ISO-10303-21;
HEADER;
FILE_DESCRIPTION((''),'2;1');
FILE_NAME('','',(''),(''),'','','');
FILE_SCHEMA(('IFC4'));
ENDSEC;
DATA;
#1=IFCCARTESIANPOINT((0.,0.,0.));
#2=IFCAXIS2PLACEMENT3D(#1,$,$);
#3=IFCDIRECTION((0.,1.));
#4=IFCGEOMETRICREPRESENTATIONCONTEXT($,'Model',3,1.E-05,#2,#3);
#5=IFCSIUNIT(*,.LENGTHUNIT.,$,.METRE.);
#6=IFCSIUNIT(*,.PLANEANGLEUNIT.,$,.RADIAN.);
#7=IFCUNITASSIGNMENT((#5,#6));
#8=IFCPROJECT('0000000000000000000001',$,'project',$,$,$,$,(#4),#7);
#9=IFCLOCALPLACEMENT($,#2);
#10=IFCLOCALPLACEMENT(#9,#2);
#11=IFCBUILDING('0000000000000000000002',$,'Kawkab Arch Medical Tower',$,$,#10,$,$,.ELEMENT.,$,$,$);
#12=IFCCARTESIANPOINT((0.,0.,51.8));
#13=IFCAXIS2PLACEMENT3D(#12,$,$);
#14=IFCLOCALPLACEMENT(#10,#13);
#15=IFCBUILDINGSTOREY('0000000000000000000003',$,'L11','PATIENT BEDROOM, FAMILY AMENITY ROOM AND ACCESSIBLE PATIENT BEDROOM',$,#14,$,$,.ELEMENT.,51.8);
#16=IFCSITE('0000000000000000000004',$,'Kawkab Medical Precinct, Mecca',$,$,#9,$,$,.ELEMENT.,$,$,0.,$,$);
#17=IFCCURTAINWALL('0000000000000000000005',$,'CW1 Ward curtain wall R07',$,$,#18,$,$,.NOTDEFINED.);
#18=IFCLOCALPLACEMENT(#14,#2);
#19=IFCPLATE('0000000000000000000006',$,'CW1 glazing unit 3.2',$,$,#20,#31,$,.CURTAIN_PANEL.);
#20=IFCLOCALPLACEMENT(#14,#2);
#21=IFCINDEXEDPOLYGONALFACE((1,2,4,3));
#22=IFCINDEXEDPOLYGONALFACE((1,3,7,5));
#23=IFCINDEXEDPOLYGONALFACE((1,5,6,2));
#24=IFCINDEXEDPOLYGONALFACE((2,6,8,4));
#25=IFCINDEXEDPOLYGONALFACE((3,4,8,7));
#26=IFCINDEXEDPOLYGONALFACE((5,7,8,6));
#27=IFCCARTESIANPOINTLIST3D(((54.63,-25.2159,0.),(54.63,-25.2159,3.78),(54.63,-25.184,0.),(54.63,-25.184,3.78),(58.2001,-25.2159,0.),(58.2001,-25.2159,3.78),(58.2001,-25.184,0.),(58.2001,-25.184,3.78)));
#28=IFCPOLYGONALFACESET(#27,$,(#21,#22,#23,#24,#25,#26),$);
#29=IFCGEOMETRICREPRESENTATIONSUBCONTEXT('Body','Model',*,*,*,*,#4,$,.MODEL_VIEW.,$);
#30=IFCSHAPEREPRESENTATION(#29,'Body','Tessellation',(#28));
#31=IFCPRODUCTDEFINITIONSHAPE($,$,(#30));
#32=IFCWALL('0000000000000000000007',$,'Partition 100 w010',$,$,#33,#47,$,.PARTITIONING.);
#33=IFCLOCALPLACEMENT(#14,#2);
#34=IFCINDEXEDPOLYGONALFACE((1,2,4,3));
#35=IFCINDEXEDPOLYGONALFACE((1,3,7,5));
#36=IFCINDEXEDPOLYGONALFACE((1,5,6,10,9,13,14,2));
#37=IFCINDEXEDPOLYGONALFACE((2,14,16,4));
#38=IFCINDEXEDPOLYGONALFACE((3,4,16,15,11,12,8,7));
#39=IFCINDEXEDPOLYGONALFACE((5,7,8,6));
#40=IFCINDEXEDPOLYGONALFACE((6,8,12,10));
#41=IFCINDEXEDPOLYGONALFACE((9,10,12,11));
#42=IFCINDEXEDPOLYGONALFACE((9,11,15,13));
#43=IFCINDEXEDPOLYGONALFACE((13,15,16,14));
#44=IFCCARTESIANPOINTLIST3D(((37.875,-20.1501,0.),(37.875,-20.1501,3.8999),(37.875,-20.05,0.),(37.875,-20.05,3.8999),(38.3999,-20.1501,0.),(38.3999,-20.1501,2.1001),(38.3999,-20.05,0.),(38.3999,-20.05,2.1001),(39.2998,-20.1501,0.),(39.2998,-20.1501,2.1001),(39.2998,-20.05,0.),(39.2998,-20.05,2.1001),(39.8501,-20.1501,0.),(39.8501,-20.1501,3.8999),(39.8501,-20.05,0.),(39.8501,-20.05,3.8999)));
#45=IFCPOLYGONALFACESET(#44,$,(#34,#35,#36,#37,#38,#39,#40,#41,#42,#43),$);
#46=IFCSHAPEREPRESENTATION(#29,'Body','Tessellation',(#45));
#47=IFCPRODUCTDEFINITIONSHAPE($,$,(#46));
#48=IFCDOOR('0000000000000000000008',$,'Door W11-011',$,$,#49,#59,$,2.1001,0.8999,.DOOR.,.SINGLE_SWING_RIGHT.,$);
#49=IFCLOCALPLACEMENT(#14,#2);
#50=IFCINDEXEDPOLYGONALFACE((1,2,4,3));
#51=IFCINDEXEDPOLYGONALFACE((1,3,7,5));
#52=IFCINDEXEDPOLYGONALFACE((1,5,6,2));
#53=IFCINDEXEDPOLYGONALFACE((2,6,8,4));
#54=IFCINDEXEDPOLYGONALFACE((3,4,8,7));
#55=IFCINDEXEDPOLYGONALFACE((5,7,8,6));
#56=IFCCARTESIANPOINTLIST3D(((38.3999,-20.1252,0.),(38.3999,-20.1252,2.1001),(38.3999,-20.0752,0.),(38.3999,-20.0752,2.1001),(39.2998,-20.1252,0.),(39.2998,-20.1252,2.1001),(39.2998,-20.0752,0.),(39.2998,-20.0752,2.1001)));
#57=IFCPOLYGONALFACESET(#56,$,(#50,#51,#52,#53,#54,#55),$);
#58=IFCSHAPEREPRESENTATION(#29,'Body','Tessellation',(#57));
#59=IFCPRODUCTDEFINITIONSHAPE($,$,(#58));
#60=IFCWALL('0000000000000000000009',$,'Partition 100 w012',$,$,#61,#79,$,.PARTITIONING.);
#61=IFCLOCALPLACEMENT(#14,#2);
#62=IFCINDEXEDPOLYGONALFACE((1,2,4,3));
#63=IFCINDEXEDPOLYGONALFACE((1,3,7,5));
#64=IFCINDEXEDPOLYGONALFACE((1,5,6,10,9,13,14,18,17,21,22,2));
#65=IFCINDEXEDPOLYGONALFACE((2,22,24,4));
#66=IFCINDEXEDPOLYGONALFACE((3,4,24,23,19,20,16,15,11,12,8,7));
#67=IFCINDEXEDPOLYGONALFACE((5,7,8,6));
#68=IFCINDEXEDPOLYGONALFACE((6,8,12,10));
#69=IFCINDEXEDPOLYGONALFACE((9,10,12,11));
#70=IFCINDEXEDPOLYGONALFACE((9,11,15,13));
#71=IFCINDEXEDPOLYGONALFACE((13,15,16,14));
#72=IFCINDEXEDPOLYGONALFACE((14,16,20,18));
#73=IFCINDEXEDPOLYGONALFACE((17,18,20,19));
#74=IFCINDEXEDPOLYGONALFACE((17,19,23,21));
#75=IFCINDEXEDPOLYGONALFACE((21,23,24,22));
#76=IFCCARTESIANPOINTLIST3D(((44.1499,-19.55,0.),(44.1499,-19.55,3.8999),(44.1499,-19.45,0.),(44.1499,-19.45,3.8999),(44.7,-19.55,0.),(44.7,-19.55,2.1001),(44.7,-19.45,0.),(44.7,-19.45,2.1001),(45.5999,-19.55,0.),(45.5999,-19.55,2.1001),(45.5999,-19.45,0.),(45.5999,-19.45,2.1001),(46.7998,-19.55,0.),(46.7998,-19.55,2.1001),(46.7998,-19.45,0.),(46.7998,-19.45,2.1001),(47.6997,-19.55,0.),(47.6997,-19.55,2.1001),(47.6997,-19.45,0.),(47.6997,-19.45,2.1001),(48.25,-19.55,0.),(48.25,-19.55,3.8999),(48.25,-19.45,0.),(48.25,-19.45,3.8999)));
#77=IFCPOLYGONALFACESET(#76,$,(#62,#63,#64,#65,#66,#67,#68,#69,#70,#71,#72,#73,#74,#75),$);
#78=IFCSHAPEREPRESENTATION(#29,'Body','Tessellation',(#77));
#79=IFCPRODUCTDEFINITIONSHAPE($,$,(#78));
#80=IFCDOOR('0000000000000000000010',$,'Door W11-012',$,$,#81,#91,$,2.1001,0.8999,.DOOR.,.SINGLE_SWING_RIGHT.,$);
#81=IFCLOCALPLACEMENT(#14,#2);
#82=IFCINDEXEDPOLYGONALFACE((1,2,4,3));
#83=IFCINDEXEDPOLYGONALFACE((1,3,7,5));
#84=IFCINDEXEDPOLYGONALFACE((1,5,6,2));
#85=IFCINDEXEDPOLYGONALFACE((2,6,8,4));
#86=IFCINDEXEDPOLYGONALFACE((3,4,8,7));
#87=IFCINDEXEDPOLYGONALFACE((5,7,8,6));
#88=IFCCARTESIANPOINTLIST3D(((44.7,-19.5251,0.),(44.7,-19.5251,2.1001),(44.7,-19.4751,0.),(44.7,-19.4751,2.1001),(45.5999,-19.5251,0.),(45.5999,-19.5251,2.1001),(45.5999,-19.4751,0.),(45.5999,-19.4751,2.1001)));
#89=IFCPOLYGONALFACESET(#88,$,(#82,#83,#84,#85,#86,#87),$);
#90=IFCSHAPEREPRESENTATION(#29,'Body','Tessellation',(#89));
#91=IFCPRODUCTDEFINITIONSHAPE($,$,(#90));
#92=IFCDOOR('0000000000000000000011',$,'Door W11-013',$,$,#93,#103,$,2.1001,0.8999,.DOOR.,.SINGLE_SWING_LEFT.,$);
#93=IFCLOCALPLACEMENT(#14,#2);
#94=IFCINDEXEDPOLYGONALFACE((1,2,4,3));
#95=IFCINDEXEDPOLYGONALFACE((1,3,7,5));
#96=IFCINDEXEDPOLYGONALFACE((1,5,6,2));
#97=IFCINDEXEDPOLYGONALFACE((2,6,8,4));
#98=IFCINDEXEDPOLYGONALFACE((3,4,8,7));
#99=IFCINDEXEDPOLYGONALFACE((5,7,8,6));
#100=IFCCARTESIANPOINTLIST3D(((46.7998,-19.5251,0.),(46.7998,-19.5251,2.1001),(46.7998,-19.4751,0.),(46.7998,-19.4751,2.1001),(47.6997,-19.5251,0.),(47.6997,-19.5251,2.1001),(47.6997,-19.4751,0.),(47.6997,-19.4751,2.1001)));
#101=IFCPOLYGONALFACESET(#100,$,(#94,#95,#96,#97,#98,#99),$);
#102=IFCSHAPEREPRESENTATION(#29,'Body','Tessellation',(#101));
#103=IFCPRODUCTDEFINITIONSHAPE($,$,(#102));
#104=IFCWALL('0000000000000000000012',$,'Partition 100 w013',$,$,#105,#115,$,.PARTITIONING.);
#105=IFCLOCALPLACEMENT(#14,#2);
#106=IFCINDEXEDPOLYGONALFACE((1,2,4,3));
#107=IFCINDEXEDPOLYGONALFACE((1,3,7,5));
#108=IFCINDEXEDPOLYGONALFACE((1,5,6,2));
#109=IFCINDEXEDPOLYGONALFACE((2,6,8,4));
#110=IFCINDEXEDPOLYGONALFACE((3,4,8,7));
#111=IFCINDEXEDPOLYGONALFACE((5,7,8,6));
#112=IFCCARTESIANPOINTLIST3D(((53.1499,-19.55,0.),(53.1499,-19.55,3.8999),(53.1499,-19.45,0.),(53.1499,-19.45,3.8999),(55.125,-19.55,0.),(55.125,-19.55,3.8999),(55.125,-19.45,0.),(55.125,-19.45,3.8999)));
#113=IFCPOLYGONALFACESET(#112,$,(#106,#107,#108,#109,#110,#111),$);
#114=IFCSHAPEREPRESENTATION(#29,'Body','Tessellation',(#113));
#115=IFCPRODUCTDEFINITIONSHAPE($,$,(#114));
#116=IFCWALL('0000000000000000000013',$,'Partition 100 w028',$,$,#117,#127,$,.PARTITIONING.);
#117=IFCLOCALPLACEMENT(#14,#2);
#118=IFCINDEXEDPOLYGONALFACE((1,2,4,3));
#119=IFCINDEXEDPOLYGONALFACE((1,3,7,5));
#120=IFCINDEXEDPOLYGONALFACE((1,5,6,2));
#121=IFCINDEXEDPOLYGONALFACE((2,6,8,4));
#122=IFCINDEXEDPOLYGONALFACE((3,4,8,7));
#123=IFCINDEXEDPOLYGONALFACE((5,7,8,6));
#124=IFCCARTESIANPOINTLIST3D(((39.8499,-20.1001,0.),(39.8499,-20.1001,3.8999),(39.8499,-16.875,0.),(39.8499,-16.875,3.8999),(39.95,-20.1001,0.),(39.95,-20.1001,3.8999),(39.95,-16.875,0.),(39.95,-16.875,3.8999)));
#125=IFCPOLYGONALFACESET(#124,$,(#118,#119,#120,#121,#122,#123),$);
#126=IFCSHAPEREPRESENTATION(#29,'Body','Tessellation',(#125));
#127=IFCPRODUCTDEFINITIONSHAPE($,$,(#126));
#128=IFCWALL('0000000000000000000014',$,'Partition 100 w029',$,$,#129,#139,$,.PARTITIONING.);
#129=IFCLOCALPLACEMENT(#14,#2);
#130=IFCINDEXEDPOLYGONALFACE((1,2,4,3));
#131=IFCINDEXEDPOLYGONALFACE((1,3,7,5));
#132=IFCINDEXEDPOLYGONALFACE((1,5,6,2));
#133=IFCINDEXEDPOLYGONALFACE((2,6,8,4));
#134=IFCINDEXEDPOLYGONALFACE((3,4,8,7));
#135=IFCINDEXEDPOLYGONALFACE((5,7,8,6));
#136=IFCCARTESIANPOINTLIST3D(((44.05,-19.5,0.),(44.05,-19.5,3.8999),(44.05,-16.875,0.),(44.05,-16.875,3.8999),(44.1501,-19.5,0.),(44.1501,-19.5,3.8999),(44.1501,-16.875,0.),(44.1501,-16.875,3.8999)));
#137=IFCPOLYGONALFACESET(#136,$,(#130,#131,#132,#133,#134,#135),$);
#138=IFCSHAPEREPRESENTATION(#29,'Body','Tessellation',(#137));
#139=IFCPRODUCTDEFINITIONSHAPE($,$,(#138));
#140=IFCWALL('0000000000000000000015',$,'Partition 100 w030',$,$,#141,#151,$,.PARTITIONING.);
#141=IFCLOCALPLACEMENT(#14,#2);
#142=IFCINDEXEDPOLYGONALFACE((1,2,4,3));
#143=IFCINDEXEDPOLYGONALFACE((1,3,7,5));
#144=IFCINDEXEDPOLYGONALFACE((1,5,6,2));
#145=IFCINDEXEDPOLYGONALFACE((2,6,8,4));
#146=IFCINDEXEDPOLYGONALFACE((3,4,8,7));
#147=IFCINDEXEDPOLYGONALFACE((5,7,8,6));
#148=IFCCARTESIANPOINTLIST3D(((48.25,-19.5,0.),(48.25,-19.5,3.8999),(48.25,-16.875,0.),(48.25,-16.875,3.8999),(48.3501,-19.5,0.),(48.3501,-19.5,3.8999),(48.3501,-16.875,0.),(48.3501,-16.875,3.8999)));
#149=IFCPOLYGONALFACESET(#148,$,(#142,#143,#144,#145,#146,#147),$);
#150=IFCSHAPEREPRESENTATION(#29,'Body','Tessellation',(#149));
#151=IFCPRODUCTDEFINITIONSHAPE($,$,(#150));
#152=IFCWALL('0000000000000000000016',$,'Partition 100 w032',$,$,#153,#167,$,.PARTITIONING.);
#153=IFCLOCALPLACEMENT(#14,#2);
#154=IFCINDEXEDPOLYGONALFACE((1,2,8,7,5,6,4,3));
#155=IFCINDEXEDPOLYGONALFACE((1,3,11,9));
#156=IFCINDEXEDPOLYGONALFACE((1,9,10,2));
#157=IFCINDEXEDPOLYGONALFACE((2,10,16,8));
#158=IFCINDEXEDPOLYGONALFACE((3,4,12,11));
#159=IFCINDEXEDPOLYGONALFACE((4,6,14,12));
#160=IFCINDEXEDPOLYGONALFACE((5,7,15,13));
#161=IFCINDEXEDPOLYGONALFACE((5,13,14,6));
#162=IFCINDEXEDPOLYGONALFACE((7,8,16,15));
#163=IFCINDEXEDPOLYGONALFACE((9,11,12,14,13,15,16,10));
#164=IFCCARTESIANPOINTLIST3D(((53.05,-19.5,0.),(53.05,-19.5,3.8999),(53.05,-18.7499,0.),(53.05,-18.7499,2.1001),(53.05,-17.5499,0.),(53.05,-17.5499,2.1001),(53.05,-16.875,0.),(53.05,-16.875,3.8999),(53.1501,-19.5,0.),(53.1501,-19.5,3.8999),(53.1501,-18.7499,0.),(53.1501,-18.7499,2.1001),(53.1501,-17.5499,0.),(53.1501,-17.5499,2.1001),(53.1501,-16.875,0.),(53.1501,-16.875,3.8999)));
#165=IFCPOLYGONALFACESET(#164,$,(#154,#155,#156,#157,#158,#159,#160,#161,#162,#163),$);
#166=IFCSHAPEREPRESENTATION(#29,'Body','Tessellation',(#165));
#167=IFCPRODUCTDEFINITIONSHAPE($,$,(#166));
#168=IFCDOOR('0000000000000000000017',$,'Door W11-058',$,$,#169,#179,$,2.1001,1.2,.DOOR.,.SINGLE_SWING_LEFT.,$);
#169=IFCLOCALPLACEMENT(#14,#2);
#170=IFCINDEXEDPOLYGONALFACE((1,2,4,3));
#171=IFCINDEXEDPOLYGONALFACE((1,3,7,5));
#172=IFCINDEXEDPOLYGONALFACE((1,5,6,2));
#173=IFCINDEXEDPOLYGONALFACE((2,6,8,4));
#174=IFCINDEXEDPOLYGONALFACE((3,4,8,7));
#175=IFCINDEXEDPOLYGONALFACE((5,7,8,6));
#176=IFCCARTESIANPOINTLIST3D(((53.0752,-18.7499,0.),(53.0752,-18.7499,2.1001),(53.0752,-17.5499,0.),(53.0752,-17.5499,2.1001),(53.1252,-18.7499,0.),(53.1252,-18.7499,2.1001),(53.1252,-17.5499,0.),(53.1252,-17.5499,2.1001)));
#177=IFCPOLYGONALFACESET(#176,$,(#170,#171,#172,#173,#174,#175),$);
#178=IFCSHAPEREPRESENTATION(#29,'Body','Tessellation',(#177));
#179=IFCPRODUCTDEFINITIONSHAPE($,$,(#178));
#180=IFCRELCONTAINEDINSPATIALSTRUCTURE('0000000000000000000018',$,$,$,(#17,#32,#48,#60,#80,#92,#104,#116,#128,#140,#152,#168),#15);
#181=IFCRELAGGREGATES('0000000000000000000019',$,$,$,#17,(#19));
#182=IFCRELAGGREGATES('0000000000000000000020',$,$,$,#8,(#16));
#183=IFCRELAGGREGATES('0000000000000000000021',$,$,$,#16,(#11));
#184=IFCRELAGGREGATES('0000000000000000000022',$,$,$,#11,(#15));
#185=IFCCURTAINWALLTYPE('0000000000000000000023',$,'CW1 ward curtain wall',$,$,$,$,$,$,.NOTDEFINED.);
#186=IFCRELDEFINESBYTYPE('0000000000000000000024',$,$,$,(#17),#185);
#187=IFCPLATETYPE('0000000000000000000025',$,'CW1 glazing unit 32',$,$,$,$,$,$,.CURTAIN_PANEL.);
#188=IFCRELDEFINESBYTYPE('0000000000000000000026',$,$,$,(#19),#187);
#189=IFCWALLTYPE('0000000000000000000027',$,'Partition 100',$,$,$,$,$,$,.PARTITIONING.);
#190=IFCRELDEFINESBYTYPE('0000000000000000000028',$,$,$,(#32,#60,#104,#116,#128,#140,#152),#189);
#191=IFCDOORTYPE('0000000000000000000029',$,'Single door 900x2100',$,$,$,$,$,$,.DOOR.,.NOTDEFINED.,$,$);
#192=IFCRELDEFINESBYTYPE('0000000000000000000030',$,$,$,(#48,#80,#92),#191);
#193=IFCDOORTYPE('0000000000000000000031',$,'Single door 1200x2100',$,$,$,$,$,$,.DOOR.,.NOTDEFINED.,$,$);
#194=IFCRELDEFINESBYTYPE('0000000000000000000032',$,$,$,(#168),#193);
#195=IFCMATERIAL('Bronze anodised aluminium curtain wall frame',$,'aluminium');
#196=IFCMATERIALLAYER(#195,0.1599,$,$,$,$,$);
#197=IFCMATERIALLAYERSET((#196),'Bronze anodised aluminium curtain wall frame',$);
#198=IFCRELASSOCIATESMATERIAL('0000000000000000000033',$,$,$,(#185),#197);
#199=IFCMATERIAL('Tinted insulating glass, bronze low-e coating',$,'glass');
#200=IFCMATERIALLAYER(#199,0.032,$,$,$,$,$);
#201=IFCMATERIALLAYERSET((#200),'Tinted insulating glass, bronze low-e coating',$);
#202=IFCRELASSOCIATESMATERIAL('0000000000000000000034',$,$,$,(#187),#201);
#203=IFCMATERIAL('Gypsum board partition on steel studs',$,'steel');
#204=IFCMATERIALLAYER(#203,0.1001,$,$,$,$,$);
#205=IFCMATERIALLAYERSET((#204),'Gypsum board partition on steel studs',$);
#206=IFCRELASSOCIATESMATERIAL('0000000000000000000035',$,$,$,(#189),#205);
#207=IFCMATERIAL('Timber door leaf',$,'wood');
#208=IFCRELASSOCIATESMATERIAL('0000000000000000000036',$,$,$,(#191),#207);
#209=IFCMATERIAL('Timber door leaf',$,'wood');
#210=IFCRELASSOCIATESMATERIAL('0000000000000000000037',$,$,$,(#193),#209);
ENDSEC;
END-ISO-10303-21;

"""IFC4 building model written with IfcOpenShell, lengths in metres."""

from ifc_helpers import new_model, si_unit, direction, frame, frame_2d, origin, origin_2d, place, context, subcontext, project, spatial, rectangle, extrude, material, layer, layer_set, type_object, element, fill, aggregate, save


model = new_model("IFC4")

# Units and contexts
model_context = context("Model", 3, precision=1e-05, world=origin(), true_north=direction((0.0, 1.0)))
body_context = subcontext(model_context, "Body", "Model", "MODEL_VIEW")
ifc_project = project(units=[si_unit("LENGTHUNIT", "METRE"), si_unit("PLANEANGLEUNIT", "RADIAN")], contexts=[model_context])

# Site, building, storey
site_placement = place(None, origin())
site = spatial("IfcSite", under=ifc_project, at=site_placement, Name="Kawkab Medical Precinct, Mecca", CompositionType="ELEMENT", RefElevation=0.0)
building_placement = place(site_placement, origin())
building = spatial("IfcBuilding", under=site, at=building_placement, Name="Kawkab Arch Medical Tower", CompositionType="ELEMENT")
storey_placement = place(building_placement, frame((0.0, 0.0, 51.8)))
storey = spatial("IfcBuildingStorey", under=building, at=storey_placement, Name="L11", Description="PATIENT BEDROOM, FAMILY AMENITY ROOM AND ACCESSIBLE PATIENT BEDROOM", CompositionType="ELEMENT", Elevation=51.8)

# Curtain wall, plate
ifc_material_1 = material(Name="Bronze anodised aluminium curtain wall frame", Category="aluminium")
ifc_layer_1 = layer(ifc_material_1, 0.1599)
ifc_layer_set_1 = layer_set([ifc_layer_1], Name="Bronze anodised aluminium curtain wall frame")
curtain_wall_type = type_object("IfcCurtainWallType", Name="CW1 ward curtain wall", PredefinedType="NOTDEFINED", material=ifc_layer_set_1)
curtain_wall_placement = place(storey_placement, origin())
curtain_wall = element("IfcCurtainWall", 1, at=curtain_wall_placement, inside=storey, type_object=curtain_wall_type, Name="CW1 Ward curtain wall R07", PredefinedType="NOTDEFINED")
ifc_material_2 = material(Name="Tinted insulating glass, bronze low-e coating", Category="glass")
ifc_layer_2 = layer(ifc_material_2, 0.032)
ifc_layer_set_2 = layer_set([ifc_layer_2], Name="Tinted insulating glass, bronze low-e coating")
plate_type = type_object("IfcPlateType", Name="CW1 glazing unit 32", PredefinedType="CURTAIN_PANEL", material=ifc_layer_set_2)
plate_1_placement = place(storey_placement, frame((56.415, -25.2, 0.0), z_axis=(0.0, 0.0, 1.0), x_axis=(1.0, 0.0, 0.0)))
plate_1 = element("IfcPlate", 2, at=plate_1_placement, type_object=plate_type, Name="CW1 glazing unit 3.2", PredefinedType="CURTAIN_PANEL", context=body_context, shape_type="SweptSolid", body=[
    extrude(rectangle(XDim=3.5701, YDim=0.032, at=origin_2d()), origin(), (0.0, 0.0, 1.0), 3.78),
])
aggregate(curtain_wall, [plate_1])

# Wall, opening, door
ifc_material_3 = material(Name="Gypsum board partition on steel studs", Category="steel")
ifc_layer_3 = layer(ifc_material_3, 0.1001)
ifc_layer_set_3 = layer_set([ifc_layer_3], Name="Gypsum board partition on steel studs")
wall_type_1 = type_object("IfcWallType", Name="Partition 100", PredefinedType="PARTITIONING", material=ifc_layer_set_3)
wall_1_placement = place(storey_placement, frame((37.875, -20.1001, 0.0), z_axis=(0.0, 0.0, 1.0), x_axis=(1.0, 0.0, 0.0)))
wall_1 = element("IfcWall", 3, at=wall_1_placement, inside=storey, type_object=wall_type_1, Name="Partition 100 w010", PredefinedType="PARTITIONING", context=body_context, shape_type="SweptSolid", body=[
    extrude(rectangle(XDim=1.9751, YDim=0.1001, at=frame_2d((0.9875, 0.0))), origin(), (0.0, 0.0, 1.0), 3.8999),
])
opening_1_placement = place(wall_1_placement, frame((0.5249, 0.0, 0.0)))
opening_1 = element("IfcOpeningElement", 4, at=opening_1_placement, cuts=wall_1, PredefinedType="OPENING", context=body_context, shape_type="SweptSolid", body=[
    extrude(rectangle(XDim=0.8999, YDim=2.1001, at=frame_2d((0.45, 1.05))), frame((0.0, 0.0601, 0.0), z_axis=(0.0, -1.0, 0.0), x_axis=(1.0, 0.0, 0.0)), (0.0, 0.0, 1.0), 0.1201),
])
ifc_material_4 = material(Name="Timber door leaf", Category="wood")
door_type_1 = type_object("IfcDoorType", Name="Single door 900x2100", OperationType="NOTDEFINED", PredefinedType="DOOR", material=ifc_material_4)
door_1_placement = place(opening_1_placement, origin())
door_1 = element("IfcDoor", 5, at=door_1_placement, inside=storey, type_object=door_type_1, Name="Door W11-011", OperationType="SINGLE_SWING_RIGHT", OverallHeight=2.1001, OverallWidth=0.8999, PredefinedType="DOOR", context=body_context, shape_type="SweptSolid", body=[
    extrude(rectangle(XDim=0.8999, YDim=2.1001, at=frame_2d((0.45, 1.05))), frame((0.0, 0.0249, 0.0), z_axis=(0.0, -1.0, 0.0), x_axis=(1.0, 0.0, 0.0)), (0.0, 0.0, 1.0), 0.05),
])
fill(opening_1, door_1)

# Wall, openings, doors
wall_2_placement = place(storey_placement, frame((44.1499, -19.5, 0.0), z_axis=(0.0, 0.0, 1.0), x_axis=(1.0, 0.0, 0.0)))
wall_2 = element("IfcWall", 6, at=wall_2_placement, inside=storey, type_object=wall_type_1, Name="Partition 100 w012", PredefinedType="PARTITIONING", context=body_context, shape_type="SweptSolid", body=[
    extrude(rectangle(XDim=4.1001, YDim=0.1001, at=frame_2d((2.05, 0.0))), origin(), (0.0, 0.0, 1.0), 3.8999),
])
opening_2_placement = place(wall_2_placement, frame((0.55, 0.0, 0.0)))
opening_2 = element("IfcOpeningElement", 7, at=opening_2_placement, cuts=wall_2, PredefinedType="OPENING", context=body_context, shape_type="SweptSolid", body=[
    extrude(rectangle(XDim=0.8999, YDim=2.1001, at=frame_2d((0.45, 1.05))), frame((0.0, 0.0601, 0.0), z_axis=(0.0, -1.0, 0.0), x_axis=(1.0, 0.0, 0.0)), (0.0, 0.0, 1.0), 0.1201),
])
opening_3_placement = place(wall_2_placement, frame((2.6499, 0.0, 0.0)))
opening_3 = element("IfcOpeningElement", 8, at=opening_3_placement, cuts=wall_2, PredefinedType="OPENING", context=body_context, shape_type="SweptSolid", body=[
    extrude(rectangle(XDim=0.8999, YDim=2.1001, at=frame_2d((0.45, 1.05))), frame((0.0, 0.0601, 0.0), z_axis=(0.0, -1.0, 0.0), x_axis=(1.0, 0.0, 0.0)), (0.0, 0.0, 1.0), 0.1201),
])
door_2_placement = place(opening_2_placement, origin())
door_2 = element("IfcDoor", 9, at=door_2_placement, inside=storey, type_object=door_type_1, Name="Door W11-012", OperationType="SINGLE_SWING_RIGHT", OverallHeight=2.1001, OverallWidth=0.8999, PredefinedType="DOOR", context=body_context, shape_type="SweptSolid", body=[
    extrude(rectangle(XDim=0.8999, YDim=2.1001, at=frame_2d((0.45, 1.05))), frame((0.0, 0.0249, 0.0), z_axis=(0.0, -1.0, 0.0), x_axis=(1.0, 0.0, 0.0)), (0.0, 0.0, 1.0), 0.05),
])
fill(opening_2, door_2)
door_3_placement = place(opening_3_placement, origin())
door_3 = element("IfcDoor", 10, at=door_3_placement, inside=storey, type_object=door_type_1, Name="Door W11-013", OperationType="SINGLE_SWING_LEFT", OverallHeight=2.1001, OverallWidth=0.8999, PredefinedType="DOOR", context=body_context, shape_type="SweptSolid", body=[
    extrude(rectangle(XDim=0.8999, YDim=2.1001, at=frame_2d((0.45, 1.05))), frame((0.0, 0.0249, 0.0), z_axis=(0.0, -1.0, 0.0), x_axis=(1.0, 0.0, 0.0)), (0.0, 0.0, 1.0), 0.05),
])
fill(opening_3, door_3)

# Walls
wall_3_placement = place(storey_placement, frame((53.1499, -19.5, 0.0), z_axis=(0.0, 0.0, 1.0), x_axis=(1.0, 0.0, 0.0)))
element("IfcWall", 11, at=wall_3_placement, inside=storey, type_object=wall_type_1, Name="Partition 100 w013", PredefinedType="PARTITIONING", context=body_context, shape_type="SweptSolid", body=[
    extrude(rectangle(XDim=1.9751, YDim=0.1001, at=frame_2d((0.9875, 0.0))), origin(), (0.0, 0.0, 1.0), 3.8999),
])
wall_4_placement = place(storey_placement, frame((39.8999, -20.1001, 0.0), z_axis=(0.0, 0.0, 1.0), x_axis=(0.0, 1.0, 0.0)))
element("IfcWall", 12, at=wall_4_placement, inside=storey, type_object=wall_type_1, Name="Partition 100 w028", PredefinedType="PARTITIONING", context=body_context, shape_type="SweptSolid", body=[
    extrude(rectangle(XDim=3.2251, YDim=0.1001, at=frame_2d((1.6125, 0.0))), origin(), (0.0, 0.0, 1.0), 3.8999),
])
for number, where, z_axis, x_axis, name in (
    (13, (44.1001, -19.5, 0.0), (0.0, 0.0, 1.0), (0.0, 1.0, 0.0), "Partition 100 w029"),
    (14, (48.3, -19.5, 0.0), (0.0, 0.0, 1.0), (0.0, 1.0, 0.0), "Partition 100 w030"),
):
    element("IfcWall", number, at=place(storey_placement, frame(where, z_axis=z_axis, x_axis=x_axis)), inside=storey, type_object=wall_type_1, Name=name, PredefinedType="PARTITIONING", context=body_context, shape_type="SweptSolid", body=[
        extrude(rectangle(XDim=2.625, YDim=0.1001, at=frame_2d((1.3125, 0.0))), origin(), (0.0, 0.0, 1.0), 3.8999),
    ])

# Wall, opening, door
wall_5_placement = place(storey_placement, frame((53.1001, -19.5, 0.0), z_axis=(0.0, 0.0, 1.0), x_axis=(0.0, 1.0, 0.0)))
wall_5 = element("IfcWall", 15, at=wall_5_placement, inside=storey, type_object=wall_type_1, Name="Partition 100 w032", PredefinedType="PARTITIONING", context=body_context, shape_type="SweptSolid", body=[
    extrude(rectangle(XDim=2.625, YDim=0.1001, at=frame_2d((1.3125, 0.0))), origin(), (0.0, 0.0, 1.0), 3.8999),
])
opening_4_placement = place(wall_5_placement, frame((0.75, 0.0, 0.0)))
opening_4 = element("IfcOpeningElement", 16, at=opening_4_placement, cuts=wall_5, PredefinedType="OPENING", context=body_context, shape_type="SweptSolid", body=[
    extrude(rectangle(XDim=1.2, YDim=2.1001, at=frame_2d((0.6001, 1.05))), frame((0.0, 0.0601, 0.0), z_axis=(0.0, -1.0, 0.0), x_axis=(1.0, 0.0, 0.0)), (0.0, 0.0, 1.0), 0.1201),
])
ifc_material_5 = material(Name="Timber door leaf", Category="wood")
door_type_2 = type_object("IfcDoorType", Name="Single door 1200x2100", OperationType="NOTDEFINED", PredefinedType="DOOR", material=ifc_material_5)
door_4_placement = place(opening_4_placement, origin())
door_4 = element("IfcDoor", 17, at=door_4_placement, inside=storey, type_object=door_type_2, Name="Door W11-058", OperationType="SINGLE_SWING_LEFT", OverallHeight=2.1001, OverallWidth=1.2, PredefinedType="DOOR", context=body_context, shape_type="SweptSolid", body=[
    extrude(rectangle(XDim=1.2, YDim=2.1001, at=frame_2d((0.6001, 1.05))), frame((0.0, 0.0249, 0.0), z_axis=(0.0, -1.0, 0.0), x_axis=(1.0, 0.0, 0.0)), (0.0, 0.0, 1.0), 0.05),
])
fill(opening_4, door_4)

save(model, "model.ifc")
